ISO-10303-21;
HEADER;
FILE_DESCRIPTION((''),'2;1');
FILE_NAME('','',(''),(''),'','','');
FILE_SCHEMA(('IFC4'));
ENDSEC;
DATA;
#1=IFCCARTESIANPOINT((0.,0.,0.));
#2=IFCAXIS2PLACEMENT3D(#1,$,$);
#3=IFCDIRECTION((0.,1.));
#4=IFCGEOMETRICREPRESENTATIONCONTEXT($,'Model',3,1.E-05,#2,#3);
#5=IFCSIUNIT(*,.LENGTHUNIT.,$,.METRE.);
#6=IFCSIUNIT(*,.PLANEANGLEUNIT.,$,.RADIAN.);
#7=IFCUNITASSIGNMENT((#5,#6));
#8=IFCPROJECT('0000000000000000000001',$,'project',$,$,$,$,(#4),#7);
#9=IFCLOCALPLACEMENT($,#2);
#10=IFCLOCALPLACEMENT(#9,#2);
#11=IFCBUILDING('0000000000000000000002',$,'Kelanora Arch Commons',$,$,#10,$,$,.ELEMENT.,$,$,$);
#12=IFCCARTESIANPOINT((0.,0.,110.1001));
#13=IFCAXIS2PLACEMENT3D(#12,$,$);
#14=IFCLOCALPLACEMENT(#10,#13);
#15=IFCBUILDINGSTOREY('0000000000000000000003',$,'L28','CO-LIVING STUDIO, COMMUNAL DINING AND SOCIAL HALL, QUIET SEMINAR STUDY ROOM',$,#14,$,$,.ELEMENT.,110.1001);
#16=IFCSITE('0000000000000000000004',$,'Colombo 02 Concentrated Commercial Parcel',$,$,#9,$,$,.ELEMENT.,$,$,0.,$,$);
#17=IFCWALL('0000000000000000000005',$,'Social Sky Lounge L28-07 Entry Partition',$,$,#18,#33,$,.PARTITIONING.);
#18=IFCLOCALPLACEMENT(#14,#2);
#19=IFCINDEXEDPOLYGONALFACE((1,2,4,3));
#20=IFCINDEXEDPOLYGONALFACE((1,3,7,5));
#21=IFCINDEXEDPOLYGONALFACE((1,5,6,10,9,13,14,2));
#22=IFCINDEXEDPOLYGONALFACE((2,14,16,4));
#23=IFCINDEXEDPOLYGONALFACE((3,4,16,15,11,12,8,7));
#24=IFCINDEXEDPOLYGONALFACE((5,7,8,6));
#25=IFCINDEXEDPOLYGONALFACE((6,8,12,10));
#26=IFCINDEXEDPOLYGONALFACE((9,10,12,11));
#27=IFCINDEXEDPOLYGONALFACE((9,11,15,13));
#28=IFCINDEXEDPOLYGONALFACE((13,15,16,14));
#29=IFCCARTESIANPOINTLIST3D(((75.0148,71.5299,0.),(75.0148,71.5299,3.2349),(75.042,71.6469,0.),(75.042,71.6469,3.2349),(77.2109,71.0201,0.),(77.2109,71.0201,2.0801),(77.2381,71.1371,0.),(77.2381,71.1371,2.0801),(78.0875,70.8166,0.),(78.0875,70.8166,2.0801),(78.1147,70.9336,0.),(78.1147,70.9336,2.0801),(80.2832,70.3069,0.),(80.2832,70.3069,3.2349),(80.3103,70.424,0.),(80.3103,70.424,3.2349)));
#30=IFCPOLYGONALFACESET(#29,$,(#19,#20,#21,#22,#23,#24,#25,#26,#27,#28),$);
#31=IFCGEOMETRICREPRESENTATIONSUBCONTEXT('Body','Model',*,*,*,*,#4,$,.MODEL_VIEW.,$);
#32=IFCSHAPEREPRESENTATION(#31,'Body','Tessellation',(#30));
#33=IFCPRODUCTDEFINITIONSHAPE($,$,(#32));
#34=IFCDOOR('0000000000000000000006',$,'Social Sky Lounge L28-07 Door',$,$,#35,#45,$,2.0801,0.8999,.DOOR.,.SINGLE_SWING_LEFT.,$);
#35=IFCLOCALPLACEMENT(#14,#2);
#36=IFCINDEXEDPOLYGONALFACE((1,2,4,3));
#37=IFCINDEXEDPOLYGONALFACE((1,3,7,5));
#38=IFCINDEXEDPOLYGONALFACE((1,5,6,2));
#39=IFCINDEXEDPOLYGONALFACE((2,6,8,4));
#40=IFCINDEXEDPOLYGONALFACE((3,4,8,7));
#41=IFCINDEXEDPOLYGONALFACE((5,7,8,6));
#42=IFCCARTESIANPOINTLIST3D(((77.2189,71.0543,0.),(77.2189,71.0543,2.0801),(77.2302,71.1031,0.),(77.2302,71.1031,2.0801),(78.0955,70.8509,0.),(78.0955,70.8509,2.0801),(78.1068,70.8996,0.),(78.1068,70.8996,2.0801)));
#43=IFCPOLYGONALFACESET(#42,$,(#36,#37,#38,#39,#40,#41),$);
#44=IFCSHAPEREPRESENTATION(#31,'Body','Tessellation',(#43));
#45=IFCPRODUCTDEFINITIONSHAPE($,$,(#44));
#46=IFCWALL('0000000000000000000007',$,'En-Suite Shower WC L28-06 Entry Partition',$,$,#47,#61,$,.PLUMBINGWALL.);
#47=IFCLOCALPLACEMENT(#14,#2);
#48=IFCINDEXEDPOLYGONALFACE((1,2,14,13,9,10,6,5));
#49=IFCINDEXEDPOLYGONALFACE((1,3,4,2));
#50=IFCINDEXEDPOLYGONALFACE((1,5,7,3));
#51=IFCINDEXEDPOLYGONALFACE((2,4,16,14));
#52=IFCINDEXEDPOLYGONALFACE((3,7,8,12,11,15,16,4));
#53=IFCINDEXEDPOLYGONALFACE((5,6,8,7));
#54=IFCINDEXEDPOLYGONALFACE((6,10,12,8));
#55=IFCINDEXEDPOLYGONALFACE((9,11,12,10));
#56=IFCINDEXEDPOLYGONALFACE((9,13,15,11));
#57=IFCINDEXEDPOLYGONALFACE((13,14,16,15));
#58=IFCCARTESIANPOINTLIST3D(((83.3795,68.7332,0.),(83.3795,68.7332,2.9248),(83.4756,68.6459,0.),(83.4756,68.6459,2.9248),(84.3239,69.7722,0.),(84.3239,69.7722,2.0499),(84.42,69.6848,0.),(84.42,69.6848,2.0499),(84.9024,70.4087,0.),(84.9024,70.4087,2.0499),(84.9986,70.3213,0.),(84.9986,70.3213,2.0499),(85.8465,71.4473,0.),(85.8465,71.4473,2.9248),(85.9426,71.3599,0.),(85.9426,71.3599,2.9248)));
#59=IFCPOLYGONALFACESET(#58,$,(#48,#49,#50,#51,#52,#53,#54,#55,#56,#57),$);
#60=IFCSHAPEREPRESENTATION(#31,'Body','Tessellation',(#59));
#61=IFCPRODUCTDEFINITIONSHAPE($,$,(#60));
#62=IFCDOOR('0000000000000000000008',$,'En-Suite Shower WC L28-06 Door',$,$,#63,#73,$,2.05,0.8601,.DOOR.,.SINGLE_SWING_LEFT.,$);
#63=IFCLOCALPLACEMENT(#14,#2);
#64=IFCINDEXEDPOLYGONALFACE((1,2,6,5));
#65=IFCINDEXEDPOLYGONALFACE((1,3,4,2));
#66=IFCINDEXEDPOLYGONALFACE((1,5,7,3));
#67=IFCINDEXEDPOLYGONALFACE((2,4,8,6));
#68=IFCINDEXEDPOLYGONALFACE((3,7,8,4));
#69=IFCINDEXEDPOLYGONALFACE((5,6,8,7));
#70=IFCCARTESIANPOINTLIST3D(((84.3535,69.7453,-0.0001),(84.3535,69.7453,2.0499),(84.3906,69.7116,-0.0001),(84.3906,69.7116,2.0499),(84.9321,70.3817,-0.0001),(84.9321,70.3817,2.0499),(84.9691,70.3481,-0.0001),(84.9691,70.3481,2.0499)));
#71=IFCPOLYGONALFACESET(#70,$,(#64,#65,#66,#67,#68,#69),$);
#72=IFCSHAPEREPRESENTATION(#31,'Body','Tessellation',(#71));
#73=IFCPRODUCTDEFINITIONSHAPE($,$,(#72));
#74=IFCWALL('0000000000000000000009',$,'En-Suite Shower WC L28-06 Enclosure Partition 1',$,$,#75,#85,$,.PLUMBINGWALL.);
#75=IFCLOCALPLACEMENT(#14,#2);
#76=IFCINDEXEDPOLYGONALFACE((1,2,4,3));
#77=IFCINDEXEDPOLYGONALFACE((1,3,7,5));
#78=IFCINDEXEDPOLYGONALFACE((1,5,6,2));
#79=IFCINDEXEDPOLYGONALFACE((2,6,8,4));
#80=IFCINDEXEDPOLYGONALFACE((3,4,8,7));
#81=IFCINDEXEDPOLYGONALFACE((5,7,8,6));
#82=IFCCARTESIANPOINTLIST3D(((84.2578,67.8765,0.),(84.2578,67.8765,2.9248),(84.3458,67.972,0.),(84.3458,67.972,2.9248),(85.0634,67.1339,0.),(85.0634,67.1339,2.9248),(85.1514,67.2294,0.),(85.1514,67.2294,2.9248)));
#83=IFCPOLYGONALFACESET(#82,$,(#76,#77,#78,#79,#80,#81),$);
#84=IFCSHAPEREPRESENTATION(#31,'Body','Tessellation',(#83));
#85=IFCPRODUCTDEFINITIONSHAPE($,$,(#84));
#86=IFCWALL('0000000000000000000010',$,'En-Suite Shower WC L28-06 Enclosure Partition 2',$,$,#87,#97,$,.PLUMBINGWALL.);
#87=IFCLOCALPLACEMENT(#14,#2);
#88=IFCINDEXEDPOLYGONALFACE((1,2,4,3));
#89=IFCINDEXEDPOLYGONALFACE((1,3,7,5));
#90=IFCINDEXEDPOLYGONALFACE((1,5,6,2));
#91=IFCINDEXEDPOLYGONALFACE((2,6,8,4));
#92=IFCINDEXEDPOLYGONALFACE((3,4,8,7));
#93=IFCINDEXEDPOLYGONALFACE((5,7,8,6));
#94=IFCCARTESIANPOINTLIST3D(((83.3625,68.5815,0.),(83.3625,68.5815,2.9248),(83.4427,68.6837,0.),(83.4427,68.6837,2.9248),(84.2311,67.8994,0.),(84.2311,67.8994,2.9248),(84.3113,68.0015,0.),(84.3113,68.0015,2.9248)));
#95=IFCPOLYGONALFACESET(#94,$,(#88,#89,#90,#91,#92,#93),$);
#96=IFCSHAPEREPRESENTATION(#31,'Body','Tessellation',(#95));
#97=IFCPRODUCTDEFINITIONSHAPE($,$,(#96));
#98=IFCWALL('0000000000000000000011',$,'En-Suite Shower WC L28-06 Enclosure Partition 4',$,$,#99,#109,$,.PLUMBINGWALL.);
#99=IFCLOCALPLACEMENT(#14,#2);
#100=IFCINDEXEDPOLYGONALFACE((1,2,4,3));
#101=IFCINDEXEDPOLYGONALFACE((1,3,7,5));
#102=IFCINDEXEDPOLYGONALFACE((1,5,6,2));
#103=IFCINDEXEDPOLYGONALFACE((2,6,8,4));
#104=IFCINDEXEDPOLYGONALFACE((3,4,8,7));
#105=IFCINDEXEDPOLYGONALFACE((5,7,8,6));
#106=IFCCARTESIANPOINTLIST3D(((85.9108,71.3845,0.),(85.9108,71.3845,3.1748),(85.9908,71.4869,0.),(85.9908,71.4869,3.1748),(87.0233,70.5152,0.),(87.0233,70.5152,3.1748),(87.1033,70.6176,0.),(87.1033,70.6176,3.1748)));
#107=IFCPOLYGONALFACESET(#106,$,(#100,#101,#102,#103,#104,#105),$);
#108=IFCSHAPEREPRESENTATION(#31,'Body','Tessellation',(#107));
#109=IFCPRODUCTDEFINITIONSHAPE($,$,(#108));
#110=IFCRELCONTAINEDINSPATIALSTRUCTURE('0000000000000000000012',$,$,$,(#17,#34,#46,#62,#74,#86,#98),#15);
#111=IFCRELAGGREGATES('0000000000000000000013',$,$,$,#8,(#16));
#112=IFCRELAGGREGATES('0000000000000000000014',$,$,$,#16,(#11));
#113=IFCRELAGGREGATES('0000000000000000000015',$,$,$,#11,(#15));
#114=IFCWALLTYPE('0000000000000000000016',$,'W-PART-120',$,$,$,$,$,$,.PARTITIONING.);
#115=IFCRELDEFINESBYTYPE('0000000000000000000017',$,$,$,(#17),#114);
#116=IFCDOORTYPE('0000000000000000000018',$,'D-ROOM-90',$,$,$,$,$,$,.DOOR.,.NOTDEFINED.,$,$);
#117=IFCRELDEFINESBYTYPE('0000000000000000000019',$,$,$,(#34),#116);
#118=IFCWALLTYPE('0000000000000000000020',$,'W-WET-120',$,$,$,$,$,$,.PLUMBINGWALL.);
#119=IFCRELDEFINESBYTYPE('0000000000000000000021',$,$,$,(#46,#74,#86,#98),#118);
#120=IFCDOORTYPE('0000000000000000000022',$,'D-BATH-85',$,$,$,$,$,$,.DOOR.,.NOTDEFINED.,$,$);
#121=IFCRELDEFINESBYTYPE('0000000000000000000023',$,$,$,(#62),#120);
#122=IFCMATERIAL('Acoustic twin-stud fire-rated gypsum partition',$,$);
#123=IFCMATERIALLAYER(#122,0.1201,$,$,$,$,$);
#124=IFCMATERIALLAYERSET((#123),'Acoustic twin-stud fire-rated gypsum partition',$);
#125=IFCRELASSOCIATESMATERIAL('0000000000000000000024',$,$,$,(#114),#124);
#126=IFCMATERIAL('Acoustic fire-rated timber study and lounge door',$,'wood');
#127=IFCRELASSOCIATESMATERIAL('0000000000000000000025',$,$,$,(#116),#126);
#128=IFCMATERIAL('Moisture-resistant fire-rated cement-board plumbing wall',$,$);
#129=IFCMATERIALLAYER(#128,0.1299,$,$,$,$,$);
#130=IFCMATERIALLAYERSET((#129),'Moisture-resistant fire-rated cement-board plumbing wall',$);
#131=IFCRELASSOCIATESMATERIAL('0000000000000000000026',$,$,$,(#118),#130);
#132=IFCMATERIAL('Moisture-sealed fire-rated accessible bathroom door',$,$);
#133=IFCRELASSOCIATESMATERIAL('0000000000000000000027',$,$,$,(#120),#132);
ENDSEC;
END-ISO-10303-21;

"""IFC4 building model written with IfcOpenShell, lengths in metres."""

from ifc_helpers import new_model, si_unit, direction, frame, frame_2d, origin, place, context, subcontext, project, spatial, rectangle, extrude, material, layer, layer_set, type_object, element, fill, save


model = new_model("IFC4")

# Units and contexts
model_context = context("Model", 3, precision=1e-05, world=origin(), true_north=direction((0.0, 1.0)))
body_context = subcontext(model_context, "Body", "Model", "MODEL_VIEW")
ifc_project = project(units=[si_unit("LENGTHUNIT", "METRE"), si_unit("PLANEANGLEUNIT", "RADIAN")], contexts=[model_context])

# Site, building, storey
site_placement = place(None, origin())
site = spatial("IfcSite", under=ifc_project, at=site_placement, Name="Colombo 02 Concentrated Commercial Parcel", CompositionType="ELEMENT", RefElevation=0.0)
building_placement = place(site_placement, origin())
building = spatial("IfcBuilding", under=site, at=building_placement, Name="Kelanora Arch Commons", CompositionType="ELEMENT")
storey_placement = place(building_placement, frame((0.0, 0.0, 110.1001)))
storey = spatial("IfcBuildingStorey", under=building, at=storey_placement, Name="L28", Description="CO-LIVING STUDIO, COMMUNAL DINING AND SOCIAL HALL, QUIET SEMINAR STUDY ROOM", CompositionType="ELEMENT", Elevation=110.1001)

# Walls, openings, doors
ifc_material_1 = material(Name="Acoustic twin-stud fire-rated gypsum partition")
ifc_layer_1 = layer(ifc_material_1, 0.1201)
ifc_layer_set_1 = layer_set([ifc_layer_1], Name="Acoustic twin-stud fire-rated gypsum partition")
wall_type_1 = type_object("IfcWallType", Name="W-PART-120", PredefinedType="PARTITIONING", material=ifc_layer_set_1)
wall_1_placement = place(storey_placement, frame((80.2966, 70.3655, 0.0), z_axis=(0.0, 0.0, 1.0), x_axis=(-0.974101, 0.226112, 0.0)))
wall_1 = element("IfcWall", 1, at=wall_1_placement, inside=storey, type_object=wall_type_1, Name="Social Sky Lounge L28-07 Entry Partition", PredefinedType="PARTITIONING", context=body_context, shape_type="SweptSolid", body=[
    extrude(rectangle(XDim=5.4084, YDim=0.1201, at=frame_2d((2.7041, 0.0))), origin(), (0.0, 0.0, 1.0), 3.2349),
])
opening_1_placement = place(wall_1_placement, frame((2.2539, 0.0, 0.0)))
opening_1 = element("IfcOpeningElement", 2, at=opening_1_placement, cuts=wall_1, PredefinedType="OPENING", context=body_context, shape_type="SweptSolid", body=[
    extrude(rectangle(XDim=0.8999, YDim=2.0801, at=frame_2d((0.45, 1.04))), frame((0.0, 0.0701, 0.0), z_axis=(0.0, -1.0, 0.0), x_axis=(1.0, 0.0, 0.0)), (0.0, 0.0, 1.0), 0.1401),
])
ifc_material_2 = material(Name="Acoustic fire-rated timber study and lounge door", Category="wood")
door_type_1 = type_object("IfcDoorType", Name="D-ROOM-90", OperationType="NOTDEFINED", PredefinedType="DOOR", material=ifc_material_2)
door_1_placement = place(opening_1_placement, origin())
door_1 = element("IfcDoor", 3, at=door_1_placement, inside=storey, type_object=door_type_1, Name="Social Sky Lounge L28-07 Door", OperationType="SINGLE_SWING_LEFT", OverallHeight=2.0801, OverallWidth=0.8999, PredefinedType="DOOR", context=body_context, shape_type="SweptSolid", body=[
    extrude(rectangle(XDim=0.8999, YDim=2.0801, at=frame_2d((0.45, 1.04))), frame((0.0, 0.0249, 0.0), z_axis=(0.0, -1.0, 0.0), x_axis=(1.0, 0.0, 0.0)), (0.0, 0.0, 1.0), 0.05),
])
fill(opening_1, door_1)
ifc_material_3 = material(Name="Moisture-resistant fire-rated cement-board plumbing wall")
ifc_layer_2 = layer(ifc_material_3, 0.1299)
ifc_layer_set_2 = layer_set([ifc_layer_2], Name="Moisture-resistant fire-rated cement-board plumbing wall")
wall_type_2 = type_object("IfcWallType", Name="W-WET-120", PredefinedType="PLUMBINGWALL", material=ifc_layer_set_2)
wall_2_placement = place(storey_placement, frame((83.4275, 68.6895, 0.0), z_axis=(0.0, 0.0, 1.0), x_axis=(0.672623, 0.739985, 0.0)))
wall_2 = element("IfcWall", 4, at=wall_2_placement, inside=storey, type_object=wall_type_2, Name="En-Suite Shower WC L28-06 Entry Partition", PredefinedType="PLUMBINGWALL", context=body_context, shape_type="SweptSolid", body=[
    extrude(rectangle(XDim=3.6677, YDim=0.1299, at=frame_2d((1.834, 0.0))), origin(), (0.0, 0.0, 1.0), 2.9248),
])
opening_2_placement = place(wall_2_placement, frame((1.4041, 0.0, 0.0)))
opening_2 = element("IfcOpeningElement", 5, at=opening_2_placement, cuts=wall_2, PredefinedType="OPENING", context=body_context, shape_type="SweptSolid", body=[
    extrude(rectangle(XDim=0.8601, YDim=2.05, at=frame_2d((0.4302, 1.0249))), frame((0.0, 0.075, 0.0), z_axis=(0.0, -1.0, 0.0), x_axis=(1.0, 0.0, 0.0)), (0.0, 0.0, 1.0), 0.1499),
])
ifc_material_4 = material(Name="Moisture-sealed fire-rated accessible bathroom door")
door_type_2 = type_object("IfcDoorType", Name="D-BATH-85", OperationType="NOTDEFINED", PredefinedType="DOOR", material=ifc_material_4)
door_2_placement = place(opening_2_placement, origin())
door_2 = element("IfcDoor", 6, at=door_2_placement, inside=storey, type_object=door_type_2, Name="En-Suite Shower WC L28-06 Door", OperationType="SINGLE_SWING_LEFT", OverallHeight=2.05, OverallWidth=0.8601, PredefinedType="DOOR", context=body_context, shape_type="SweptSolid", body=[
    extrude(rectangle(XDim=0.8601, YDim=2.05, at=frame_2d((0.4302, 1.0249))), frame((0.0, 0.0249, 0.0), z_axis=(0.0, -1.0, 0.0), x_axis=(1.0, 0.0, 0.0)), (0.0, 0.0, 1.0), 0.05),
])
fill(opening_2, door_2)

# Walls
wall_3_placement = place(storey_placement, frame((85.1074, 67.1816, 0.0), z_axis=(0.0, 0.0, 1.0), x_axis=(-0.735265, 0.67778, 0.0)))
element("IfcWall", 7, at=wall_3_placement, inside=storey, type_object=wall_type_2, Name="En-Suite Shower WC L28-06 Enclosure Partition 1", PredefinedType="PLUMBINGWALL", context=body_context, shape_type="SweptSolid", body=[
    extrude(rectangle(XDim=1.0957, YDim=0.1299, at=frame_2d((0.5479, 0.0))), origin(), (0.0, 0.0, 1.0), 2.9248),
])
wall_4_placement = place(storey_placement, frame((84.2712, 67.9504, 0.0), z_axis=(0.0, 0.0, 1.0), x_axis=(-0.786487, 0.617607, 0.0)))
element("IfcWall", 8, at=wall_4_placement, inside=storey, type_object=wall_type_2, Name="En-Suite Shower WC L28-06 Enclosure Partition 2", PredefinedType="PLUMBINGWALL", context=body_context, shape_type="SweptSolid", body=[
    extrude(rectangle(XDim=1.1045, YDim=0.1299, at=frame_2d((0.5522, 0.0))), origin(), (0.0, 0.0, 1.0), 2.9248),
])
wall_5_placement = place(storey_placement, frame((85.9507, 71.4358, 0.0), z_axis=(0.0, 0.0, 1.0), x_axis=(0.787954, -0.615735, 0.0)))
element("IfcWall", 9, at=wall_5_placement, inside=storey, type_object=wall_type_2, Name="En-Suite Shower WC L28-06 Enclosure Partition 4", PredefinedType="PLUMBINGWALL", context=body_context, shape_type="SweptSolid", body=[
    extrude(rectangle(XDim=1.4119, YDim=0.1299, at=frame_2d((0.7061, 0.0))), origin(), (0.0, 0.0, 1.0), 3.1748),
])

save(model, "model.ifc")
